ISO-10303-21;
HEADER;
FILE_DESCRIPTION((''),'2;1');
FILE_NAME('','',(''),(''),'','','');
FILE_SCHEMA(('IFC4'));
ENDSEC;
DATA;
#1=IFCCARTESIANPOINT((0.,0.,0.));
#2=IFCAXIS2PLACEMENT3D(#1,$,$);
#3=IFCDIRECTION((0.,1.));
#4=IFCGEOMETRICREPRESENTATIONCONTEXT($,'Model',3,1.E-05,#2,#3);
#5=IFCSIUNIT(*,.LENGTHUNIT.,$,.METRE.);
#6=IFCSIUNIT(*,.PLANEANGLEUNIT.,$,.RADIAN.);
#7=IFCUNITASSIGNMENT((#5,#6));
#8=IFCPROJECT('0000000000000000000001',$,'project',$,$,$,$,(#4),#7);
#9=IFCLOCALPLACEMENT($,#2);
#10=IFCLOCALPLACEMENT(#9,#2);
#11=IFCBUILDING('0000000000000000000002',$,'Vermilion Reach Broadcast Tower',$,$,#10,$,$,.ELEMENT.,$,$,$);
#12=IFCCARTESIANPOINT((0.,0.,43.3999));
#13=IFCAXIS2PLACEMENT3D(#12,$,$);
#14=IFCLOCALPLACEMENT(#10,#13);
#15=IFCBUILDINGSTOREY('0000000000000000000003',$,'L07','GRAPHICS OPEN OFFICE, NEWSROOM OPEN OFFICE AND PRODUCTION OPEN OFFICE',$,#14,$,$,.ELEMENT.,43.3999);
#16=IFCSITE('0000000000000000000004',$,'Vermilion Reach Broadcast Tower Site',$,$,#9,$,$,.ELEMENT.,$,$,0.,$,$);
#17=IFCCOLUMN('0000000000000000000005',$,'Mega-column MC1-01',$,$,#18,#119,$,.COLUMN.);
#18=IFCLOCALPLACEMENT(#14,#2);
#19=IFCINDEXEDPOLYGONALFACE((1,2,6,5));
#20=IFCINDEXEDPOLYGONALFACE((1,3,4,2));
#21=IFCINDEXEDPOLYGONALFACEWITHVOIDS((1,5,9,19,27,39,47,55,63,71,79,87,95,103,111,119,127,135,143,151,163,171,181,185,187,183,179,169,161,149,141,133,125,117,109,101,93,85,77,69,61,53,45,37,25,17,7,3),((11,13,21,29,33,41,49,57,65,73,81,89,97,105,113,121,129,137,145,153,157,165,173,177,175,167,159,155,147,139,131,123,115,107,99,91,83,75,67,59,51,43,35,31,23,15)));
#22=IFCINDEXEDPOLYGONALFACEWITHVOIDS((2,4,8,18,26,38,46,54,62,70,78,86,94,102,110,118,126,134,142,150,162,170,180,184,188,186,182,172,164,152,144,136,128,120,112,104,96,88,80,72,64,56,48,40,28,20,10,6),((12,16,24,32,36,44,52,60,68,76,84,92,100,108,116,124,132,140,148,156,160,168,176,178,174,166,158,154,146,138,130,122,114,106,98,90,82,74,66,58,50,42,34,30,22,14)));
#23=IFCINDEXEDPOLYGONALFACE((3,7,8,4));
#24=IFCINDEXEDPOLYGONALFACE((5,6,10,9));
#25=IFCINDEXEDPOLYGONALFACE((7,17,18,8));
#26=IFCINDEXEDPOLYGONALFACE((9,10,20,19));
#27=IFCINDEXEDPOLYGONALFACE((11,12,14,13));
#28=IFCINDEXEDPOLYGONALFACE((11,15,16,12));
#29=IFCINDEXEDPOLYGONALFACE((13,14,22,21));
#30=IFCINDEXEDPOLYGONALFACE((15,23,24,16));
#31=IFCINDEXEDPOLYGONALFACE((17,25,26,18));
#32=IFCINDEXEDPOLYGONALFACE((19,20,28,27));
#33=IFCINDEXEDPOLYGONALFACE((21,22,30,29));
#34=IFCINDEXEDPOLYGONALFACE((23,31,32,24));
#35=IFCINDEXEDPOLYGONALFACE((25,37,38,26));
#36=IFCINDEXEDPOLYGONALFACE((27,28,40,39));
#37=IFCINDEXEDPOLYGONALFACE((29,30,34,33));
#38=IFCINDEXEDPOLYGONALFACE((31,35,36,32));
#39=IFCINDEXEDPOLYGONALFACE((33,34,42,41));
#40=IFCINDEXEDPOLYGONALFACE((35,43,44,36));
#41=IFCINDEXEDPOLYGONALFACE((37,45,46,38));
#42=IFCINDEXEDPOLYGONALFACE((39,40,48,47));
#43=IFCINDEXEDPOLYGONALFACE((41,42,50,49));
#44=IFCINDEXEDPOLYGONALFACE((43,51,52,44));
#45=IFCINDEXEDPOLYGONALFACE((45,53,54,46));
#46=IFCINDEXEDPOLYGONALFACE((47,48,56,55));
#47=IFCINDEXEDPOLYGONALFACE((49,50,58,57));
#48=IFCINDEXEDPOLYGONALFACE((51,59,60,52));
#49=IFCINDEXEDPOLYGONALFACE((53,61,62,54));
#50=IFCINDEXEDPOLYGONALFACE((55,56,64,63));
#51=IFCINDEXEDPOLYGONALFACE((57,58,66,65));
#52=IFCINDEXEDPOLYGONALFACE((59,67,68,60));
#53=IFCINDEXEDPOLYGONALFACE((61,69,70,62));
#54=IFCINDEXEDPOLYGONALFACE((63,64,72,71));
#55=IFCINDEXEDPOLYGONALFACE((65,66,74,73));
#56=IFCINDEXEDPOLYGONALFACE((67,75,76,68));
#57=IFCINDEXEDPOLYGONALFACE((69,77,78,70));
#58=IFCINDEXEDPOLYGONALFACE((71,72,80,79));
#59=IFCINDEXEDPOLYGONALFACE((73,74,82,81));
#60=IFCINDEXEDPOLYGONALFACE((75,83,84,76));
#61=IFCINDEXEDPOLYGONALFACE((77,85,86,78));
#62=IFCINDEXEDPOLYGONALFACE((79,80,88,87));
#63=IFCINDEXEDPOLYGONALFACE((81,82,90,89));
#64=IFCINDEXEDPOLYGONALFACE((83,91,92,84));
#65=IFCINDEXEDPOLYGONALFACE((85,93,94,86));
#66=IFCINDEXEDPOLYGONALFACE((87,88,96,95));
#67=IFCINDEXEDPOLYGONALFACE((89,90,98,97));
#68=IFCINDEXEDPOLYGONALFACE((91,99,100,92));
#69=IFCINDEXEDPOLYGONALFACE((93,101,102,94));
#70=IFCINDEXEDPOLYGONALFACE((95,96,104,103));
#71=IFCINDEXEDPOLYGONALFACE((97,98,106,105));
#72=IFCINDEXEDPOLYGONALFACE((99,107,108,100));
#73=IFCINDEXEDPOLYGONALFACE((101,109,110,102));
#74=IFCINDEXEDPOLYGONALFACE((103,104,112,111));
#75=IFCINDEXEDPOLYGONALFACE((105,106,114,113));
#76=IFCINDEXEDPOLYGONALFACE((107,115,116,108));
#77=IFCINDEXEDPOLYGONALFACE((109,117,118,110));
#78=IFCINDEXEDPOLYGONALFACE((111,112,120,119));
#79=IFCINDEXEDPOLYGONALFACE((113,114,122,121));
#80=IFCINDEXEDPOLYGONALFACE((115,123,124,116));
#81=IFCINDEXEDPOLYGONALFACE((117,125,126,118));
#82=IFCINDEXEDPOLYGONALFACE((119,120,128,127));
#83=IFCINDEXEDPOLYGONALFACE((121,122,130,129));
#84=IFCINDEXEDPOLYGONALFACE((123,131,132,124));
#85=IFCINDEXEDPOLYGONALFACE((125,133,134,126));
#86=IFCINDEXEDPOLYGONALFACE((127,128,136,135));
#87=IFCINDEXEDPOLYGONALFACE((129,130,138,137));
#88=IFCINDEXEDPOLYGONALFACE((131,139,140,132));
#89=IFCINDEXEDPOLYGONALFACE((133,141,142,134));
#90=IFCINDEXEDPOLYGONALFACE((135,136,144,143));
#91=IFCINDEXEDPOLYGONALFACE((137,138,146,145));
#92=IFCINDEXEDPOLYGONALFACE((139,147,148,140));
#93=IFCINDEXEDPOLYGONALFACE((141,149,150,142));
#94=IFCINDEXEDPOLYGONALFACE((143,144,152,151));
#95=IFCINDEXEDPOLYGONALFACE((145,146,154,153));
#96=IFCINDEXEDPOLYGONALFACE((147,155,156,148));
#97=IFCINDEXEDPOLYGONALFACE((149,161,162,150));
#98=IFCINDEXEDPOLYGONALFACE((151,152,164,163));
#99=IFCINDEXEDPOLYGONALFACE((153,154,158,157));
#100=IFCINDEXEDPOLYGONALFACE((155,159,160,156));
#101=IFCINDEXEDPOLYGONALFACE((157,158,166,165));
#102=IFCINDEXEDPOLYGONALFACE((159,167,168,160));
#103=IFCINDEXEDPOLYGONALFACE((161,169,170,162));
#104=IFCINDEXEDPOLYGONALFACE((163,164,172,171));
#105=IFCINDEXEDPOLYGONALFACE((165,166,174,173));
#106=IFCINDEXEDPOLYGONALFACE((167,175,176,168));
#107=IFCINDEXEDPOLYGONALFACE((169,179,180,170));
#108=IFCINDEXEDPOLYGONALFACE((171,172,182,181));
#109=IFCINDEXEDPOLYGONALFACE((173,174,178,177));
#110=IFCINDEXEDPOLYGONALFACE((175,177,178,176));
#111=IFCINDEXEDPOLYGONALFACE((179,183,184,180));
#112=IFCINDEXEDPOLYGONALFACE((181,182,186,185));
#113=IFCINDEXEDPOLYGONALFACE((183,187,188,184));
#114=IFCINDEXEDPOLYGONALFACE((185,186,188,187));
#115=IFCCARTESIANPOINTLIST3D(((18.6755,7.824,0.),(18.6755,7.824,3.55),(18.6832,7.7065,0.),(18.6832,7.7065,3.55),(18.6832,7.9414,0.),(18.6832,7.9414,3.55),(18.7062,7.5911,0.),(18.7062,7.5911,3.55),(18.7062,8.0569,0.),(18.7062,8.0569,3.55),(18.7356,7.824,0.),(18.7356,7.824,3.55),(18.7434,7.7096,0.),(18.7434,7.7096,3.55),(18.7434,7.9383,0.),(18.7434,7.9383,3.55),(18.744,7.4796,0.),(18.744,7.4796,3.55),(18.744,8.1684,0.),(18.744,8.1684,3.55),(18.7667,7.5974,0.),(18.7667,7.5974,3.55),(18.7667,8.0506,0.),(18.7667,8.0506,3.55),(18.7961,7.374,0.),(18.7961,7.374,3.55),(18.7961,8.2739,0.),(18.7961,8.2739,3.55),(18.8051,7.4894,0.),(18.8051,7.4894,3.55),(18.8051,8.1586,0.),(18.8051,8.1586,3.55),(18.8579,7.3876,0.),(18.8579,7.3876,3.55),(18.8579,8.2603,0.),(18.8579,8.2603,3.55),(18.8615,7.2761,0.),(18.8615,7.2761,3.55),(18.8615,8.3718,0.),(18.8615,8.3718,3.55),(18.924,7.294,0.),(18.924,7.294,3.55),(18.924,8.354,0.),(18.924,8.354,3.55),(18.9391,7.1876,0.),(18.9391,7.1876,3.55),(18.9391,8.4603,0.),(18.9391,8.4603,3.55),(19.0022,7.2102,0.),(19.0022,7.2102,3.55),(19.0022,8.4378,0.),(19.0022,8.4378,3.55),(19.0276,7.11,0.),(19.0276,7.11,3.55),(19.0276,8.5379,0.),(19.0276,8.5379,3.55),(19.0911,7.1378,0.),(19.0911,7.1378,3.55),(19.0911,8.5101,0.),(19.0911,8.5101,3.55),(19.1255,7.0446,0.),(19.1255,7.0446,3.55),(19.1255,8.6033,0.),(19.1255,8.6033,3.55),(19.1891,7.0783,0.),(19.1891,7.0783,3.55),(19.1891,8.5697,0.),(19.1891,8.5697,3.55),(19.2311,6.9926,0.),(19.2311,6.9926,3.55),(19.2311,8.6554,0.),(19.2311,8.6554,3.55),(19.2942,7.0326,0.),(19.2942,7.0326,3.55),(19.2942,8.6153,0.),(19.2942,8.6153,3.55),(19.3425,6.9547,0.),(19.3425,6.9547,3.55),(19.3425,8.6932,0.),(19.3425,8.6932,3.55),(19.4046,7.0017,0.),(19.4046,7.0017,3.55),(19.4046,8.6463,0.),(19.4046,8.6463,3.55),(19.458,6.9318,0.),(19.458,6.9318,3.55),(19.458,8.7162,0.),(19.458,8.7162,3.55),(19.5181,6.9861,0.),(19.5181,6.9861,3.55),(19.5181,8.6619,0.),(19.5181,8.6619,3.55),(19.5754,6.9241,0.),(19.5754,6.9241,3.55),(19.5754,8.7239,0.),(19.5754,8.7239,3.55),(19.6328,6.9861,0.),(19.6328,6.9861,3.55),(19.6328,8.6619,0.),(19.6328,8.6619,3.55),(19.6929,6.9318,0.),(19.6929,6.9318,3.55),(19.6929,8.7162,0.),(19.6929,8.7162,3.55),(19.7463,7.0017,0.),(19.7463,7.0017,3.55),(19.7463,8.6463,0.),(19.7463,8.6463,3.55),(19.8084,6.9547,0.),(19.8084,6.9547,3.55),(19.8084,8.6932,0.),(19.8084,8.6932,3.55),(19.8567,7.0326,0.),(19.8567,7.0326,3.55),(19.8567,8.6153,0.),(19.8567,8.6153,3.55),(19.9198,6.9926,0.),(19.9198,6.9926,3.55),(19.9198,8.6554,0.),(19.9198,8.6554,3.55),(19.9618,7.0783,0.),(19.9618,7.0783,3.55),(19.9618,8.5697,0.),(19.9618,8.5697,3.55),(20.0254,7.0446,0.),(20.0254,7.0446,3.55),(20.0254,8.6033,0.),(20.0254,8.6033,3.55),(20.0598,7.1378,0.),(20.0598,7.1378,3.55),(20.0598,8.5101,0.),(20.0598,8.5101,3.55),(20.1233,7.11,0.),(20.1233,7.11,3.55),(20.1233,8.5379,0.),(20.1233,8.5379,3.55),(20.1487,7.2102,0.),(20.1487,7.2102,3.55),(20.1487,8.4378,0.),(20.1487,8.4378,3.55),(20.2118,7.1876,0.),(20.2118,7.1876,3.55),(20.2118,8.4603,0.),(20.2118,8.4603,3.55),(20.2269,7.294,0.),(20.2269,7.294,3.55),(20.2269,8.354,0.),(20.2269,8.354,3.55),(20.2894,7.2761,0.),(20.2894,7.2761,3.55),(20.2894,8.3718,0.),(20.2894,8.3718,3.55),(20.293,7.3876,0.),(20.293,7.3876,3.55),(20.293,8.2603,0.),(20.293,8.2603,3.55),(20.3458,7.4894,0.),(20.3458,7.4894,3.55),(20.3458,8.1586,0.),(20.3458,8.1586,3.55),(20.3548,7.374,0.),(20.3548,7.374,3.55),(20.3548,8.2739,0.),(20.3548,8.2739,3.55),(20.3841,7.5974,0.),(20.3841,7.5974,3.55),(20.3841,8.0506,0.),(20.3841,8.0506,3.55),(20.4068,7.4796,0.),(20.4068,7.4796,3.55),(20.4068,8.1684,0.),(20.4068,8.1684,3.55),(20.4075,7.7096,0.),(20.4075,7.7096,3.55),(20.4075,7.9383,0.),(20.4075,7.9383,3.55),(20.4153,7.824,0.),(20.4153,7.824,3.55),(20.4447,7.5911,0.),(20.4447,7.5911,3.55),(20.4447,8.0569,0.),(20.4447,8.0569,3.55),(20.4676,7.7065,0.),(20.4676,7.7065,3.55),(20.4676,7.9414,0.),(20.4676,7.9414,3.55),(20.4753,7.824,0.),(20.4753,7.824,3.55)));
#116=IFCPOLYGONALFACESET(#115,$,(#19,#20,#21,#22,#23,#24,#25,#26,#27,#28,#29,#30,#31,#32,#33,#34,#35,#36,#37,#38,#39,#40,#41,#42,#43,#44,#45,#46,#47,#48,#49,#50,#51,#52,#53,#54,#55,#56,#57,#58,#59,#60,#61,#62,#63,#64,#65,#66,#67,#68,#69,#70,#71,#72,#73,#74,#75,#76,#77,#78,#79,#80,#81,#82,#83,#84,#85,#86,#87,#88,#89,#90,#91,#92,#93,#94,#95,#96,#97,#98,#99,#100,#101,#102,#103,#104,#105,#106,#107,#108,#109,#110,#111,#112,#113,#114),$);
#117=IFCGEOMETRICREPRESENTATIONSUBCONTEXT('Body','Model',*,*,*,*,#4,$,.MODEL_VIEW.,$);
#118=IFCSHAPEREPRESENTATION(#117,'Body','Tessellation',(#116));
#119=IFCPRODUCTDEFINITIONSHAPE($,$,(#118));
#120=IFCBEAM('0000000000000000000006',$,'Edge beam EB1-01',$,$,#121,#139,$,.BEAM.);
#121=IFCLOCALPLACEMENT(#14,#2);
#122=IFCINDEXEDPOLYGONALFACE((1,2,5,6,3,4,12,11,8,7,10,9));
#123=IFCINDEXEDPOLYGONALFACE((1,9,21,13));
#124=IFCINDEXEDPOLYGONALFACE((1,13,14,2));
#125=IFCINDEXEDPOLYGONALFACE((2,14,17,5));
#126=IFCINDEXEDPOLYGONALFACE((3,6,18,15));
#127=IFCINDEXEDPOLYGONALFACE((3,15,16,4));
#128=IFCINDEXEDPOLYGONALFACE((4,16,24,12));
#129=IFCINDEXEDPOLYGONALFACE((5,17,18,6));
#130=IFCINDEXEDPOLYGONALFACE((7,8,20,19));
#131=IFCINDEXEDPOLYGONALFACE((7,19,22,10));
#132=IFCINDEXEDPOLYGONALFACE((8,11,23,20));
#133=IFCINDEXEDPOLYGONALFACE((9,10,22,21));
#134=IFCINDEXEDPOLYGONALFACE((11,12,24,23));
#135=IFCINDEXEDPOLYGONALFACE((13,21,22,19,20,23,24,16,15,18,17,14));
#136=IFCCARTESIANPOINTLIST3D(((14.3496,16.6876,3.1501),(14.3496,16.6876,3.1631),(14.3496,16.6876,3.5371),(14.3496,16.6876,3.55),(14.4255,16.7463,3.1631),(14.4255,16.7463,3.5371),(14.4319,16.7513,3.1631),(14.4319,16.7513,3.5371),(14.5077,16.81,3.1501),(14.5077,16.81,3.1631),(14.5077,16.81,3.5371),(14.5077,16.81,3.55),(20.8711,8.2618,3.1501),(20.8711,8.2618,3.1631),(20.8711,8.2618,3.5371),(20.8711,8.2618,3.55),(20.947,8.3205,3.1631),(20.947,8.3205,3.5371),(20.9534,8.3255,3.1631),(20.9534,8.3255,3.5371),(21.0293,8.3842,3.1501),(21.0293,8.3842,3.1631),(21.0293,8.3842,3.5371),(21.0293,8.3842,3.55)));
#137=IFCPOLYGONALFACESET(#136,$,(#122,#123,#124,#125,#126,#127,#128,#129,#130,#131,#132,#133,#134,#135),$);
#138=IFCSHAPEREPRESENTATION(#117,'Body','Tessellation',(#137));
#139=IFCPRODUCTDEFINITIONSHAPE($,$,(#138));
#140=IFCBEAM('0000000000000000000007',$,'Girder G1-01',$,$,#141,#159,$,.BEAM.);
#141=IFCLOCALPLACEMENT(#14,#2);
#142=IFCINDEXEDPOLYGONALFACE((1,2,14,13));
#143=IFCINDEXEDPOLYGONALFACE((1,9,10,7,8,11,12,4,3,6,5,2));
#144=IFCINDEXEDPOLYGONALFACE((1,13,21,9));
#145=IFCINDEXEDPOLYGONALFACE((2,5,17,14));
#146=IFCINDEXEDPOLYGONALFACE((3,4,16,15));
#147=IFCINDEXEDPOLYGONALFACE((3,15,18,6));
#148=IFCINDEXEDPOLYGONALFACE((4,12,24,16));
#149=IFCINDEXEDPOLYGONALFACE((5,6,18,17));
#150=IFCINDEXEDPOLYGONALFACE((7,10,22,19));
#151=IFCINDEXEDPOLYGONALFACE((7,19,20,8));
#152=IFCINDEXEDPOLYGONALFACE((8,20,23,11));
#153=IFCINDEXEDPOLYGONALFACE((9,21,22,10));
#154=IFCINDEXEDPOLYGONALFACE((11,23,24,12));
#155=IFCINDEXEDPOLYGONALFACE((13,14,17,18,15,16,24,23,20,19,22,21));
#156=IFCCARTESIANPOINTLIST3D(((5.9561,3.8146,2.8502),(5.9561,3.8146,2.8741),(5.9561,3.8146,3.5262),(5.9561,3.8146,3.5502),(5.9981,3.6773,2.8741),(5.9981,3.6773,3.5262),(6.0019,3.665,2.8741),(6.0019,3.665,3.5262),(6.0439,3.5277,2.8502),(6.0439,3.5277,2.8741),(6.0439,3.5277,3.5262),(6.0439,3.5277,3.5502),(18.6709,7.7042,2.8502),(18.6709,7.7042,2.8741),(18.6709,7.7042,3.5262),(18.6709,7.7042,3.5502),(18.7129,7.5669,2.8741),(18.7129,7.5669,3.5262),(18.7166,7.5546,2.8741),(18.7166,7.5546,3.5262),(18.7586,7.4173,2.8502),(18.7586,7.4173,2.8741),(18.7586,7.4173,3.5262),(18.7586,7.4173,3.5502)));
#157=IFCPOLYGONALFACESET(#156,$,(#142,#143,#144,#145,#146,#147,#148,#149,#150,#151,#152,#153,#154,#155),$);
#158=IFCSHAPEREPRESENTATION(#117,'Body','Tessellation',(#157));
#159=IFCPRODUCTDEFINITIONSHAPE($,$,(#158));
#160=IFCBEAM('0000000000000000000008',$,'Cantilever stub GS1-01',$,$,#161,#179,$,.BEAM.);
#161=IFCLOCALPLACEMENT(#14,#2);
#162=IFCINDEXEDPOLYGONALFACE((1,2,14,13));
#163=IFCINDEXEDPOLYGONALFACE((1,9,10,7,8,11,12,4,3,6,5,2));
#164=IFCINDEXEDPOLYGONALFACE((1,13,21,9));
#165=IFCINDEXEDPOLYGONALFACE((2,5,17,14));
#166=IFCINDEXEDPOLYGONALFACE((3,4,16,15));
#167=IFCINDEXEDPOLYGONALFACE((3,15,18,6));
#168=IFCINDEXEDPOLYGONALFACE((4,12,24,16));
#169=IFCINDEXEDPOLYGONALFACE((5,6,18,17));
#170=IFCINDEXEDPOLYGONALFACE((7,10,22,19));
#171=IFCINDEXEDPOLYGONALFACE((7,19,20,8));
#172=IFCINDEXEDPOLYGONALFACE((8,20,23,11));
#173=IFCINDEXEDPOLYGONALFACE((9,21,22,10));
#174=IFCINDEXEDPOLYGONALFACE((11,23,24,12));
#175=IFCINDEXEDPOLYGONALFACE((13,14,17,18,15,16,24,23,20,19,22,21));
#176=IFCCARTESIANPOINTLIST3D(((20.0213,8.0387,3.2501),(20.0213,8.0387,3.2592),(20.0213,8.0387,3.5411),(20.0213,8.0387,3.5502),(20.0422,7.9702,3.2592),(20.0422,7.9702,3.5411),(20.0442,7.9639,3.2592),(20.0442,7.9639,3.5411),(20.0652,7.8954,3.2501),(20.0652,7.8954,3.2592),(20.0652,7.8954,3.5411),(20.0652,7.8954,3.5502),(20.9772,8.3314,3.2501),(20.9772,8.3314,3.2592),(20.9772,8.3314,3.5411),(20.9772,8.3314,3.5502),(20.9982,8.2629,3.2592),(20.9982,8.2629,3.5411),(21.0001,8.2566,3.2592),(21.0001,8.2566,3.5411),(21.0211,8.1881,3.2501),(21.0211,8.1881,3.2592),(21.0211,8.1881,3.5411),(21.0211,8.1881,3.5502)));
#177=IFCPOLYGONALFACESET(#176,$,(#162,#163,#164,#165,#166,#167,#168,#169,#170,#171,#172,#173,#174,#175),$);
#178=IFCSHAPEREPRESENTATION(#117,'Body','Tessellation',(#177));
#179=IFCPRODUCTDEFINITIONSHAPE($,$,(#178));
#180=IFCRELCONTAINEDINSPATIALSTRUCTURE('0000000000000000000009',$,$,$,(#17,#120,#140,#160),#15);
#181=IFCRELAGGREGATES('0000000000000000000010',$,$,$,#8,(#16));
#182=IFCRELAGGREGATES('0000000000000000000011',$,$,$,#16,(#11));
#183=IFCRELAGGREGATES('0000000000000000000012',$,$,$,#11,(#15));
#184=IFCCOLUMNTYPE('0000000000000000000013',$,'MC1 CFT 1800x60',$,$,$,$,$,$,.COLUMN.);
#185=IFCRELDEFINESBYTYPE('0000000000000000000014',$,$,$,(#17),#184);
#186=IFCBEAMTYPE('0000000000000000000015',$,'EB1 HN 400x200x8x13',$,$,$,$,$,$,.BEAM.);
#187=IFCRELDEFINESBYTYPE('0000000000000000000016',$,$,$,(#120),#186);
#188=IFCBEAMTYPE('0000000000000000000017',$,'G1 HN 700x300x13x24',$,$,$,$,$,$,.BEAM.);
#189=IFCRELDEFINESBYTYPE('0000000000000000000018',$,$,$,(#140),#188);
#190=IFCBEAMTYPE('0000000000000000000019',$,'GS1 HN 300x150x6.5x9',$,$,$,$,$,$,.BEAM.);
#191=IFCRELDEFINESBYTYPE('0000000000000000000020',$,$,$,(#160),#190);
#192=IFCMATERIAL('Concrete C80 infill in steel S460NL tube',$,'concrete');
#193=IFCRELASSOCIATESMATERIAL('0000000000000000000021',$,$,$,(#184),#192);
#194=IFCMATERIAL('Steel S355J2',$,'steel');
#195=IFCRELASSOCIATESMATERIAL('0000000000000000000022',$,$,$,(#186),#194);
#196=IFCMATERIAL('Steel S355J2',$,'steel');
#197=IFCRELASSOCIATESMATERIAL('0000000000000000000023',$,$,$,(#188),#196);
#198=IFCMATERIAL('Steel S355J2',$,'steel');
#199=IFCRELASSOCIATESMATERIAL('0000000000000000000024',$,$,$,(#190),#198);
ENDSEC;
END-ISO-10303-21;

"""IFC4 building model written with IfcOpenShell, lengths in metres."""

from ifc_helpers import new_model, si_unit, direction, frame, origin, origin_2d, place, context, subcontext, project, spatial, hollow_circle, i_section, extrude, material, material_profile, profile_set, type_object, element, save


model = new_model("IFC4")

# Units and contexts
model_context = context("Model", 3, precision=1e-05, world=origin(), true_north=direction((0.0, 1.0)))
body_context = subcontext(model_context, "Body", "Model", "MODEL_VIEW")
ifc_project = project(units=[si_unit("LENGTHUNIT", "METRE"), si_unit("PLANEANGLEUNIT", "RADIAN")], contexts=[model_context])

# Site, building, storey
site_placement = place(None, origin())
site = spatial("IfcSite", under=ifc_project, at=site_placement, Name="Vermilion Reach Broadcast Tower Site", CompositionType="ELEMENT", RefElevation=0.0)
building_placement = place(site_placement, origin())
building = spatial("IfcBuilding", under=site, at=building_placement, Name="Vermilion Reach Broadcast Tower", CompositionType="ELEMENT")
storey_placement = place(building_placement, frame((0.0, 0.0, 43.3999)))
storey = spatial("IfcBuildingStorey", under=building, at=storey_placement, Name="L07", Description="GRAPHICS OPEN OFFICE, NEWSROOM OPEN OFFICE AND PRODUCTION OPEN OFFICE", CompositionType="ELEMENT", Elevation=43.3999)

# Column
ifc_material_1 = material(Name="Concrete C80 infill in steel S460NL tube", Category="concrete")
ifc_material_profile_1 = material_profile(ifc_material_1, hollow_circle(Radius=0.8999, WallThickness=0.0601, at=origin_2d()), Name="Concrete C80 infill in steel S460NL tube CFT 1800x60")
ifc_profile_set_1 = profile_set([ifc_material_profile_1], Name="Concrete C80 infill in steel S460NL tube")
column_type = type_object("IfcColumnType", Name="MC1 CFT 1800x60", PredefinedType="COLUMN", material=ifc_profile_set_1)
column_placement = place(storey_placement, frame((19.5754, 7.824, 0.0), z_axis=(0.0, 0.0, 1.0), x_axis=(1.0, 0.0, 0.0)))
element("IfcColumn", 1, at=column_placement, inside=storey, type_object=column_type, Name="Mega-column MC1-01", PredefinedType="COLUMN", context=body_context, shape_type="SweptSolid", body=[
    extrude(hollow_circle(Radius=0.8999, WallThickness=0.0601, at=origin_2d()), origin(), (0.0, 0.0, 1.0), 3.55),
])

# Beams
ifc_material_2 = material(Name="Steel S355J2", Category="steel")
ifc_material_profile_2 = material_profile(ifc_material_2, i_section(OverallWidth=0.2, OverallDepth=0.3999, WebThickness=0.0081, FlangeThickness=0.0129, at=origin_2d()), Name="S355J2 HN 400x200x8x13")
ifc_profile_set_2 = profile_set([ifc_material_profile_2], Name="Steel S355J2")
beam_type_1 = type_object("IfcBeamType", Name="EB1 HN 400x200x8x13", PredefinedType="BEAM", material=ifc_profile_set_2)
beam_1_placement = place(storey_placement, frame((20.9502, 8.323, 3.3501), z_axis=(-0.612073, 0.790801, 0.0), x_axis=(-0.790801, -0.612073, 0.0)))
element("IfcBeam", 2, at=beam_1_placement, inside=storey, type_object=beam_type_1, Name="Edge beam EB1-01", PredefinedType="BEAM", context=body_context, shape_type="SweptSolid", body=[
    extrude(i_section(OverallWidth=0.2, OverallDepth=0.3999, WebThickness=0.0081, FlangeThickness=0.0129, at=origin_2d()), origin(), (0.0, 0.0, 1.0), 10.6548),
])
ifc_material_3 = material(Name="Steel S355J2", Category="steel")
ifc_material_profile_3 = material_profile(ifc_material_3, i_section(OverallWidth=0.3, OverallDepth=0.7, WebThickness=0.0129, FlangeThickness=0.0239, at=origin_2d()), Name="S355J2 HN 700x300x13x24")
ifc_profile_set_3 = profile_set([ifc_material_profile_3], Name="Steel S355J2")
beam_type_2 = type_object("IfcBeamType", Name="G1 HN 700x300x13x24", PredefinedType="BEAM", material=ifc_profile_set_3)
beam_2_placement = place(storey_placement, frame((6.0, 3.6711, 3.2002), z_axis=(0.956256, 0.292532, 0.0), x_axis=(-0.292532, 0.956256, 0.0)))
element("IfcBeam", 3, at=beam_2_placement, inside=storey, type_object=beam_type_2, Name="Girder G1-01", PredefinedType="BEAM", context=body_context, shape_type="SweptSolid", body=[
    extrude(i_section(OverallWidth=0.3, OverallDepth=0.7, WebThickness=0.0129, FlangeThickness=0.0239, at=origin_2d()), origin(), (0.0, 0.0, 1.0), 13.2964),
])
ifc_material_4 = material(Name="Steel S355J2", Category="steel")
ifc_material_profile_4 = material_profile(ifc_material_4, i_section(OverallWidth=0.1499, OverallDepth=0.3, WebThickness=0.0066, FlangeThickness=0.009, at=origin_2d()), Name="S355J2 HN 300x150x6.5x9")
ifc_profile_set_4 = profile_set([ifc_material_profile_4], Name="Steel S355J2")
beam_type_3 = type_object("IfcBeamType", Name="GS1 HN 300x150x6.5x9", PredefinedType="BEAM", material=ifc_profile_set_4)
beam_3_placement = place(storey_placement, frame((20.0432, 7.967, 3.4001), z_axis=(0.956185, 0.292764, 0.0), x_axis=(-0.292764, 0.956185, 0.0)))
element("IfcBeam", 4, at=beam_3_placement, inside=storey, type_object=beam_type_3, Name="Cantilever stub GS1-01", PredefinedType="BEAM", context=body_context, shape_type="SweptSolid", body=[
    extrude(i_section(OverallWidth=0.1499, OverallDepth=0.3, WebThickness=0.0066, FlangeThickness=0.009, at=origin_2d()), origin(), (0.0, 0.0, 1.0), 0.9998),
])

save(model, "model.ifc")
